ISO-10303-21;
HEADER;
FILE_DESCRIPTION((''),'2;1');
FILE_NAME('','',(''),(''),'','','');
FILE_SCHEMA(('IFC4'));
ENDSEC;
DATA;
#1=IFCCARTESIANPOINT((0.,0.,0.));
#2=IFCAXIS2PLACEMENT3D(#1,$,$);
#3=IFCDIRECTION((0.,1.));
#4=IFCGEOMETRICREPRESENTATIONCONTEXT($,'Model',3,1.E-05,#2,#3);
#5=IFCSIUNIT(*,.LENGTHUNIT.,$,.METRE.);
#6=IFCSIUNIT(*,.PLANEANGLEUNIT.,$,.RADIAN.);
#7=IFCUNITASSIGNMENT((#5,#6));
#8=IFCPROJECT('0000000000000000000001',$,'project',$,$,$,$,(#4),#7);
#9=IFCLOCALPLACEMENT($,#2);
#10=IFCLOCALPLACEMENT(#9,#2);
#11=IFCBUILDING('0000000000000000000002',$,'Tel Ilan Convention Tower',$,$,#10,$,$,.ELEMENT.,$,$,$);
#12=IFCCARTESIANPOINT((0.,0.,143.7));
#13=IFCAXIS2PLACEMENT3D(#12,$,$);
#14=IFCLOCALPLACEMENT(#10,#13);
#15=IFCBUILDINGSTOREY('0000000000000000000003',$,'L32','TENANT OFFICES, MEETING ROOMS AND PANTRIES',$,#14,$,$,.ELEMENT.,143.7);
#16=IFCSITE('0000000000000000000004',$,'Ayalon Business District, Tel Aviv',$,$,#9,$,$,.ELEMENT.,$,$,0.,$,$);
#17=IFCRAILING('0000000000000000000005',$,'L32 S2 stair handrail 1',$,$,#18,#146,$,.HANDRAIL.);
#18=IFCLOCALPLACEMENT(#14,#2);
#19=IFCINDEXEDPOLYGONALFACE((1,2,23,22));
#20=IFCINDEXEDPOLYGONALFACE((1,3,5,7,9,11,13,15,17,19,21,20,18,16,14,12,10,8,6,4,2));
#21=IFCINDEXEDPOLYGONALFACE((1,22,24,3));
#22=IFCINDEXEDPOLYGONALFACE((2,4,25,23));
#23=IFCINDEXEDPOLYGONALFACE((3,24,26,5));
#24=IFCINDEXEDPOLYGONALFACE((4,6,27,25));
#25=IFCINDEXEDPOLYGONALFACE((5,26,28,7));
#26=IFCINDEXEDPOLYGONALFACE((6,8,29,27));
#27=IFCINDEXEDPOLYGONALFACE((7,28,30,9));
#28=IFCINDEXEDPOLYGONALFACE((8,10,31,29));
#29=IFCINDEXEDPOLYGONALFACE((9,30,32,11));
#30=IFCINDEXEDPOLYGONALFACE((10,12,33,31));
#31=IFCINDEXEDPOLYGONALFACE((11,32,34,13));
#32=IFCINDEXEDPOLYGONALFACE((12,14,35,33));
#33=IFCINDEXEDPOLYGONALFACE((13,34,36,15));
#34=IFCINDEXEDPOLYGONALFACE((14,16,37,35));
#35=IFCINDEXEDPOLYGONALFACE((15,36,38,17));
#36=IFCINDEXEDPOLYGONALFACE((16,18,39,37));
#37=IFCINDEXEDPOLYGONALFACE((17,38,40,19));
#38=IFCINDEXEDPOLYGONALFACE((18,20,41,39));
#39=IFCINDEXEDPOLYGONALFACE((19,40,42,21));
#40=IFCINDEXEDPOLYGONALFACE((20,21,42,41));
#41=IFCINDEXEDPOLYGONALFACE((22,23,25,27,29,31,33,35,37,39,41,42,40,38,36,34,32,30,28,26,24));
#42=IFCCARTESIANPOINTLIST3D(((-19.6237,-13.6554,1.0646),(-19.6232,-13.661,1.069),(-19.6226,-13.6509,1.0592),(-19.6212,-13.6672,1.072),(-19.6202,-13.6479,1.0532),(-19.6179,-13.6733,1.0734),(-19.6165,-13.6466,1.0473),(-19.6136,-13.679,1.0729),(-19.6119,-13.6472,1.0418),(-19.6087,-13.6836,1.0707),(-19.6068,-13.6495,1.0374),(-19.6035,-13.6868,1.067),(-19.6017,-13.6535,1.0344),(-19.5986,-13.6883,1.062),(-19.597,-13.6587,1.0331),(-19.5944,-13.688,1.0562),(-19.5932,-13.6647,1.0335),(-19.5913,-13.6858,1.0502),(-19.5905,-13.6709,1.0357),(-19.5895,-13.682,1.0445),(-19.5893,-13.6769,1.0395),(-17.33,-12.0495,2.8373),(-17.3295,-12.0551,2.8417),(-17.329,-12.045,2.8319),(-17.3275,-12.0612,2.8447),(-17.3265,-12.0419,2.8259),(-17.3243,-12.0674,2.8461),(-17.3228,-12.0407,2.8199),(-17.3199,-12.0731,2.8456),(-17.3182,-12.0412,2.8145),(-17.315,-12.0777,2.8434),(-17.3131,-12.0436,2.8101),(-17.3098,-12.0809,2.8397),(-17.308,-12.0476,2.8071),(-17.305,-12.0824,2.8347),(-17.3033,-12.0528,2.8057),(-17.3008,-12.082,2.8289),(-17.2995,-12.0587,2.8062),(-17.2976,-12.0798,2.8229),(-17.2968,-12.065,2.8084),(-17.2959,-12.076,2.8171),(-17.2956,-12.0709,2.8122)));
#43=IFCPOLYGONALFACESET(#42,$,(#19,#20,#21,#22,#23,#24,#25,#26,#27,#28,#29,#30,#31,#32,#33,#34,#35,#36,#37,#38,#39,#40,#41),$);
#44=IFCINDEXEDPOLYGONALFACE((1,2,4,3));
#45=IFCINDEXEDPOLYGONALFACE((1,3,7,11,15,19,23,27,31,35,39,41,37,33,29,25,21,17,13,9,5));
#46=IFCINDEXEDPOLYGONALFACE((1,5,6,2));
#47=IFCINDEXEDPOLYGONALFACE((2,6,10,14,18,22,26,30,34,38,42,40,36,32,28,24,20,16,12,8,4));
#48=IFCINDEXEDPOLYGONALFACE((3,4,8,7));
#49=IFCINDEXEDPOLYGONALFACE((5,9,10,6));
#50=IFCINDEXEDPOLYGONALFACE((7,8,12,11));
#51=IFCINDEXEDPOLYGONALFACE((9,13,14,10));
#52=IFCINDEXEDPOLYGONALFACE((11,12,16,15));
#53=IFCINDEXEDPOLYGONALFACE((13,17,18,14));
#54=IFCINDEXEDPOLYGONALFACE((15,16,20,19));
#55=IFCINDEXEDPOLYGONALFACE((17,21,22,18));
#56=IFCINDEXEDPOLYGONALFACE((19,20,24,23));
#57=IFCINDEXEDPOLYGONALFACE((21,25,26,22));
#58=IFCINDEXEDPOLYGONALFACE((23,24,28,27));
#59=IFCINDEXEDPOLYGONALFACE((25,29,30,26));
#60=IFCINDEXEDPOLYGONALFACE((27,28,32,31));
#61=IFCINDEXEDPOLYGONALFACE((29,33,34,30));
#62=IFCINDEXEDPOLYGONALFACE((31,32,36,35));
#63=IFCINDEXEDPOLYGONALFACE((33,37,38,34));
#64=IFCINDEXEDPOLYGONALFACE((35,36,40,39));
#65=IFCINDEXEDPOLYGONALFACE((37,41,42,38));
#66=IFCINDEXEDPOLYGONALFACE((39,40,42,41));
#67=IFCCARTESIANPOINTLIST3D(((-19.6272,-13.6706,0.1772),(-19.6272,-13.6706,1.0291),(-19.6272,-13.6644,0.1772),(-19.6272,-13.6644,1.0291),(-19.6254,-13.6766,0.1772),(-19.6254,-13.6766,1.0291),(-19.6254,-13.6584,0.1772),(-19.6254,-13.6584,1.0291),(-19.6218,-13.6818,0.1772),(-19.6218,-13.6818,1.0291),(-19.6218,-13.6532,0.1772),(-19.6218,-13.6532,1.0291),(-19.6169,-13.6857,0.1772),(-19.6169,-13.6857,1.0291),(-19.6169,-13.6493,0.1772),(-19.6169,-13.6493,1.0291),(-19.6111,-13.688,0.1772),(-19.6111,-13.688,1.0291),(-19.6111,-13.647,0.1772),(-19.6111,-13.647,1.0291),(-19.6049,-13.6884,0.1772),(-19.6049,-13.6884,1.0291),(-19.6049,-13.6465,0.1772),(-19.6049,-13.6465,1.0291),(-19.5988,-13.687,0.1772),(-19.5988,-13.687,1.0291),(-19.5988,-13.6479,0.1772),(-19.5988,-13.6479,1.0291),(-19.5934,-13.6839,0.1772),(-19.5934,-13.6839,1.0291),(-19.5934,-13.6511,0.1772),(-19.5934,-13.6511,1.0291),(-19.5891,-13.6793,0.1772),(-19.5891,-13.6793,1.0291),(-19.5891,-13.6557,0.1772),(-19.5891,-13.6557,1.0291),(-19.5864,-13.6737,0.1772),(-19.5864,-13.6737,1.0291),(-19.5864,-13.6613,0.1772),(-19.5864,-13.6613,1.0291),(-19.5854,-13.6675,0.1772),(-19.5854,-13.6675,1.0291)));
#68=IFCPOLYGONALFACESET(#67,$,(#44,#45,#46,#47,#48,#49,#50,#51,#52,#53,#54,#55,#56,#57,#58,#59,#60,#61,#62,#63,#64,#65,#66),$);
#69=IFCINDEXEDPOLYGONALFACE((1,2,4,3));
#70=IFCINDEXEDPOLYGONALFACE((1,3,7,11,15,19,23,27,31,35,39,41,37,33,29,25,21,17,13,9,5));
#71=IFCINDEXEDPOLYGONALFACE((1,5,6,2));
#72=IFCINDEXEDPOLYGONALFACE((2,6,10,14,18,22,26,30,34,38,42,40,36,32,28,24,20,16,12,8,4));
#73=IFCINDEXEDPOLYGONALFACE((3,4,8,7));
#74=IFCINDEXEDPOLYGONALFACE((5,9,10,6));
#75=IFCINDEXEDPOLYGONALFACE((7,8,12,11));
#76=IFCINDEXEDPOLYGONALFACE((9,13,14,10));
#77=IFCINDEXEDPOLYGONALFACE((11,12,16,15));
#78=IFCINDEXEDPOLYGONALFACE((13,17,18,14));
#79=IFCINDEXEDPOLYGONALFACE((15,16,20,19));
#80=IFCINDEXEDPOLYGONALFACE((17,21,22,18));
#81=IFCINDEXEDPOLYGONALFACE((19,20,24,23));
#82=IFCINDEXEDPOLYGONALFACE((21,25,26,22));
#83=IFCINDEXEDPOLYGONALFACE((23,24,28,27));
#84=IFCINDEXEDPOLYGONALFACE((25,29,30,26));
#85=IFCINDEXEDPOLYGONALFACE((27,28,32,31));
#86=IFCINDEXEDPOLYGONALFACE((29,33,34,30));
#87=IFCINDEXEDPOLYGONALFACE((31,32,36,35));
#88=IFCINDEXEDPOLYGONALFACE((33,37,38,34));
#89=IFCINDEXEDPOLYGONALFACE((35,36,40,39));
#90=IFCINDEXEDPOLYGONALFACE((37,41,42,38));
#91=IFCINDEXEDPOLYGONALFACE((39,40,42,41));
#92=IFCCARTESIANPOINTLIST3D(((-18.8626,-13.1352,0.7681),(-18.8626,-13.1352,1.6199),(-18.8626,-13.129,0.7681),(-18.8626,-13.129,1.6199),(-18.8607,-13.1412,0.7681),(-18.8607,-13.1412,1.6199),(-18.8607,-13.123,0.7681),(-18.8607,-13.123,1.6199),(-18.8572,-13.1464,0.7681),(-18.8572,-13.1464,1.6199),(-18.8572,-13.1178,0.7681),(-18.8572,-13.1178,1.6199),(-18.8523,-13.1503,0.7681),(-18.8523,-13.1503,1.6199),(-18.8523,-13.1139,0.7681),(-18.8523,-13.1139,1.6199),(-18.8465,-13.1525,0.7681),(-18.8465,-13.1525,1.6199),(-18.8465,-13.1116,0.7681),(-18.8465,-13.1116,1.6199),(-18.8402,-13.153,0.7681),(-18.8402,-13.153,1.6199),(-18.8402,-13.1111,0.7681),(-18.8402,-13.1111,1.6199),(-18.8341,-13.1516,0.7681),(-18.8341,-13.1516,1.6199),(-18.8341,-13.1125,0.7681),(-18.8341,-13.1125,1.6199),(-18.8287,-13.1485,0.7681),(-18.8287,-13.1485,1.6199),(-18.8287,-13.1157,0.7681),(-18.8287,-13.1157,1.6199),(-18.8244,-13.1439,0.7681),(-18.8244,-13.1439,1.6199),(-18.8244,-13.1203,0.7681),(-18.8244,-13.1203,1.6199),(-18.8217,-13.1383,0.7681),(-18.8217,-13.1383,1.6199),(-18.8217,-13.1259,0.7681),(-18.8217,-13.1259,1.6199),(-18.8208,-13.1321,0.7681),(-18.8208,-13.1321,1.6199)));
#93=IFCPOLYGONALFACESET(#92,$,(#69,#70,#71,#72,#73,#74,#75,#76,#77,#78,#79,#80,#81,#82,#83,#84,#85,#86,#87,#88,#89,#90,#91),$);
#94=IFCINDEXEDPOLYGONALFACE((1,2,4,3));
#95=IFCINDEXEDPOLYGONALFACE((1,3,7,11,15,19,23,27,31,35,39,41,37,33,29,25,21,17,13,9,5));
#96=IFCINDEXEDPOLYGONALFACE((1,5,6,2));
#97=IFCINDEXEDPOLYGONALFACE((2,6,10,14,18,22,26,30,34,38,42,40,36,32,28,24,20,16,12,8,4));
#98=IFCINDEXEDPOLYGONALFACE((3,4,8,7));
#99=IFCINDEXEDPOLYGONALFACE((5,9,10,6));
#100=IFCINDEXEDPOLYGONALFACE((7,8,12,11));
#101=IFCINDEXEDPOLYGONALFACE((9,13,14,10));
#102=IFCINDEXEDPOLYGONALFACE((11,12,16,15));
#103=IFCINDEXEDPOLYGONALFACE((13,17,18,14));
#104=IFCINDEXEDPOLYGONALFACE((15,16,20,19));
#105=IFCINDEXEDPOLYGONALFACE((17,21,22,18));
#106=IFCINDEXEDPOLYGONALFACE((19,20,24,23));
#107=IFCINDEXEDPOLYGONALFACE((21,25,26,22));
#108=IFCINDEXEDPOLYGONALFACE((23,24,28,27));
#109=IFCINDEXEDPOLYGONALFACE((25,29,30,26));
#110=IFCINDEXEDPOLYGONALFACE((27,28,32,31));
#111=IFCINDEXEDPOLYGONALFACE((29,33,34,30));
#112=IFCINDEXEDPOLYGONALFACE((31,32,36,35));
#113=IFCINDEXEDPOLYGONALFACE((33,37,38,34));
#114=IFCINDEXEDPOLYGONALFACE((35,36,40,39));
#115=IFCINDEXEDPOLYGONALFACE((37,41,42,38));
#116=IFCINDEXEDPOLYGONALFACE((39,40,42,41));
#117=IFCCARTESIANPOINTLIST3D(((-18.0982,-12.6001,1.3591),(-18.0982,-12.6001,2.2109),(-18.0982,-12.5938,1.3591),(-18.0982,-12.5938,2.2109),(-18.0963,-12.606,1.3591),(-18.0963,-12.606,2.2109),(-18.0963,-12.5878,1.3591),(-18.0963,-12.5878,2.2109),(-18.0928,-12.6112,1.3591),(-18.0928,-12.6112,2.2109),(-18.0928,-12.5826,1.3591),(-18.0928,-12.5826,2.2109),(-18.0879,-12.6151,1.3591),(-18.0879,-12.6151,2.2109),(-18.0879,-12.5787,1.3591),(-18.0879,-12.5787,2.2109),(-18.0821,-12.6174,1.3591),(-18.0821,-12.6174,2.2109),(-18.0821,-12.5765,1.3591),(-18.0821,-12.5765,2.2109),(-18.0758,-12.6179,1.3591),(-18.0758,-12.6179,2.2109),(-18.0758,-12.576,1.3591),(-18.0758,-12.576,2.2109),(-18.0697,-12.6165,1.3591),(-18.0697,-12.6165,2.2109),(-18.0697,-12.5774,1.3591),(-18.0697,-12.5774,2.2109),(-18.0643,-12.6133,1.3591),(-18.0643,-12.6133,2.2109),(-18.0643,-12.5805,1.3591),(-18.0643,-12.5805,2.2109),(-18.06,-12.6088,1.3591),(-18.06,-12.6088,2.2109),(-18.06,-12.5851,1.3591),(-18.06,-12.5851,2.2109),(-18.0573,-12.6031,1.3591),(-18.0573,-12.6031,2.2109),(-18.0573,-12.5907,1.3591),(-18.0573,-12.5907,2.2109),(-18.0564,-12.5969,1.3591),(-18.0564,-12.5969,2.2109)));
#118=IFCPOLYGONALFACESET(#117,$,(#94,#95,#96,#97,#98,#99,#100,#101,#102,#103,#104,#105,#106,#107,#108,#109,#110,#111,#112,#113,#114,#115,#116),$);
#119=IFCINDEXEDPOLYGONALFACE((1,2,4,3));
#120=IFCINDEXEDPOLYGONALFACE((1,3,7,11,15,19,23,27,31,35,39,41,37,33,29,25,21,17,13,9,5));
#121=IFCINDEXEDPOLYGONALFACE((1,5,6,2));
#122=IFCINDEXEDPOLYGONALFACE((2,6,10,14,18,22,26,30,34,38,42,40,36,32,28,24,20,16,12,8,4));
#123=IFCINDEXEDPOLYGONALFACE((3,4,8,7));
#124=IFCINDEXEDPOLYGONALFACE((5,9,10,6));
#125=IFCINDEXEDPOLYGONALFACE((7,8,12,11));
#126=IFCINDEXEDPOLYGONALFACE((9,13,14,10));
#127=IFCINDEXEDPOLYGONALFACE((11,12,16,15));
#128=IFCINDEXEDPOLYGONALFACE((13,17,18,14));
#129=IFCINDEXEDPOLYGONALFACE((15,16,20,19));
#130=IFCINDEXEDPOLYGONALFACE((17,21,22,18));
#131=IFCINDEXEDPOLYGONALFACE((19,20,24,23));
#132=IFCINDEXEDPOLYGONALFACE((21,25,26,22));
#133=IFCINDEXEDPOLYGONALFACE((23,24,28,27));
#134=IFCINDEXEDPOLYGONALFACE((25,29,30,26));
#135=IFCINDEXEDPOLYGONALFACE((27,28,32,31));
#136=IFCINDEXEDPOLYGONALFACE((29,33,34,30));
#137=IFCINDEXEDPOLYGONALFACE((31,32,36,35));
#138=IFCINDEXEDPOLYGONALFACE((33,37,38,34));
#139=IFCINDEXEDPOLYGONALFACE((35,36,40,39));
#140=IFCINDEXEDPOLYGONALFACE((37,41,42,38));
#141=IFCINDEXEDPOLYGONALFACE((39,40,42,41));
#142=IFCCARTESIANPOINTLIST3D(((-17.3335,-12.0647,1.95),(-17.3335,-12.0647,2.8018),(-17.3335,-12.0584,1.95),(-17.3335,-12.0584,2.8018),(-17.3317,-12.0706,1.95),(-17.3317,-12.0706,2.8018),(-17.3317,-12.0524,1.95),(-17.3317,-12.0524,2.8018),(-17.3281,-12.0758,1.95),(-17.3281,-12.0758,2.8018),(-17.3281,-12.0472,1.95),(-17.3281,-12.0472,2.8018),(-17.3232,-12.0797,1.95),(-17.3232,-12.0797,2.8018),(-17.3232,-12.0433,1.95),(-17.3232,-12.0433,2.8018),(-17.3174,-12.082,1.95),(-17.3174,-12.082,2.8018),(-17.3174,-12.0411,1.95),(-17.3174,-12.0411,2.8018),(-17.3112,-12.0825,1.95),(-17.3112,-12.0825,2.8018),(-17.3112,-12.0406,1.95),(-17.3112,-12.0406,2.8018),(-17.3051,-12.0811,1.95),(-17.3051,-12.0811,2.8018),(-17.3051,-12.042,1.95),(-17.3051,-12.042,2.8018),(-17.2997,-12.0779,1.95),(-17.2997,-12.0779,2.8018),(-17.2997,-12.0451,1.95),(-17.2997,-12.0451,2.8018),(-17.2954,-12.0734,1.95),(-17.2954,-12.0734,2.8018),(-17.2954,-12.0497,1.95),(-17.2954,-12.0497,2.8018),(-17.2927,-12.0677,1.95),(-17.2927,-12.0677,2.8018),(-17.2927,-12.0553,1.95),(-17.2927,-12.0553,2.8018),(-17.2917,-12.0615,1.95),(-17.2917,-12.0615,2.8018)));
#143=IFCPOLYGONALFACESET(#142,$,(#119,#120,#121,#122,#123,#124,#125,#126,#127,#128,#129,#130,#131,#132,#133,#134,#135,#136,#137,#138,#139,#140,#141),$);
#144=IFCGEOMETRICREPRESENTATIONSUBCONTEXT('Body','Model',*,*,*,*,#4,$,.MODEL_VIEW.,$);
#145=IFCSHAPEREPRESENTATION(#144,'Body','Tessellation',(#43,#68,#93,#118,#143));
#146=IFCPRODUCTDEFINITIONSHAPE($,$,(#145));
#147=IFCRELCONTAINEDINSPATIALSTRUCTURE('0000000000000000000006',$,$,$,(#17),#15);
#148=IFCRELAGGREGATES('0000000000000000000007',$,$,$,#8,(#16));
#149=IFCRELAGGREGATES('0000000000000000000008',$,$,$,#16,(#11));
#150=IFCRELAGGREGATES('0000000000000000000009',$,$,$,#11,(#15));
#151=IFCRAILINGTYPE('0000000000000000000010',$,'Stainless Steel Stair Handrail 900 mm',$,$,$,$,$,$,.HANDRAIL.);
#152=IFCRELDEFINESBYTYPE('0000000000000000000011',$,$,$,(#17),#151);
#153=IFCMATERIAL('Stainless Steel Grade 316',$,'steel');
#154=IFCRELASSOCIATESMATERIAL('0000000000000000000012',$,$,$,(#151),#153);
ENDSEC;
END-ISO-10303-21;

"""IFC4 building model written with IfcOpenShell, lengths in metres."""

from ifc_helpers import new_model, si_unit, direction, frame, origin, origin_2d, place, context, subcontext, project, spatial, circle, extrude, material, type_object, element, save


model = new_model("IFC4")

# Units and contexts
model_context = context("Model", 3, precision=1e-05, world=origin(), true_north=direction((0.0, 1.0)))
body_context = subcontext(model_context, "Body", "Model", "MODEL_VIEW")
ifc_project = project(units=[si_unit("LENGTHUNIT", "METRE"), si_unit("PLANEANGLEUNIT", "RADIAN")], contexts=[model_context])

# Site, building, storey
site_placement = place(None, origin())
site = spatial("IfcSite", under=ifc_project, at=site_placement, Name="Ayalon Business District, Tel Aviv", CompositionType="ELEMENT", RefElevation=0.0)
building_placement = place(site_placement, origin())
building = spatial("IfcBuilding", under=site, at=building_placement, Name="Tel Ilan Convention Tower", CompositionType="ELEMENT")
storey_placement = place(building_placement, frame((0.0, 0.0, 143.7)))
storey = spatial("IfcBuildingStorey", under=building, at=storey_placement, Name="L32", Description="TENANT OFFICES, MEETING ROOMS AND PANTRIES", CompositionType="ELEMENT", Elevation=143.7)

# Railing
ifc_material_1 = material(Name="Stainless Steel Grade 316", Category="steel")
railing_type_1 = type_object("IfcRailingType", Name="Stainless Steel Stair Handrail 900 mm", PredefinedType="HANDRAIL", material=ifc_material_1)
railing_1_placement = place(storey_placement, frame((-19.6064, -13.6675, 0.1772)))
element("IfcRailing", 1, at=railing_1_placement, inside=storey, type_object=railing_type_1, Name="L32 S2 stair handrail 1", PredefinedType="HANDRAIL", context=body_context, shape_type="SweptSolid", body=[
    extrude(circle(Radius=0.0239, at=origin_2d()), frame((0.0, 0.0, 0.876), z_axis=(0.692123, 0.484597, 0.534913), x_axis=(-0.57355, 0.81917, 0.0)), (0.0, 0.0, 1.0), 3.314),
    extrude(circle(Radius=0.021, at=origin_2d()), origin(), (0.0, 0.0, 1.0), 0.8518),
    extrude(circle(Radius=0.021, at=origin_2d()), frame((0.7646, 0.5354, 0.5908)), (0.0, 0.0, 1.0), 0.8518),
    extrude(circle(Radius=0.021, at=origin_2d()), frame((1.5291, 1.0706, 1.1819)), (0.0, 0.0, 1.0), 0.8518),
    extrude(circle(Radius=0.021, at=origin_2d()), frame((2.2937, 1.606, 1.7727)), (0.0, 0.0, 1.0), 0.8518),
])

save(model, "model.ifc")
